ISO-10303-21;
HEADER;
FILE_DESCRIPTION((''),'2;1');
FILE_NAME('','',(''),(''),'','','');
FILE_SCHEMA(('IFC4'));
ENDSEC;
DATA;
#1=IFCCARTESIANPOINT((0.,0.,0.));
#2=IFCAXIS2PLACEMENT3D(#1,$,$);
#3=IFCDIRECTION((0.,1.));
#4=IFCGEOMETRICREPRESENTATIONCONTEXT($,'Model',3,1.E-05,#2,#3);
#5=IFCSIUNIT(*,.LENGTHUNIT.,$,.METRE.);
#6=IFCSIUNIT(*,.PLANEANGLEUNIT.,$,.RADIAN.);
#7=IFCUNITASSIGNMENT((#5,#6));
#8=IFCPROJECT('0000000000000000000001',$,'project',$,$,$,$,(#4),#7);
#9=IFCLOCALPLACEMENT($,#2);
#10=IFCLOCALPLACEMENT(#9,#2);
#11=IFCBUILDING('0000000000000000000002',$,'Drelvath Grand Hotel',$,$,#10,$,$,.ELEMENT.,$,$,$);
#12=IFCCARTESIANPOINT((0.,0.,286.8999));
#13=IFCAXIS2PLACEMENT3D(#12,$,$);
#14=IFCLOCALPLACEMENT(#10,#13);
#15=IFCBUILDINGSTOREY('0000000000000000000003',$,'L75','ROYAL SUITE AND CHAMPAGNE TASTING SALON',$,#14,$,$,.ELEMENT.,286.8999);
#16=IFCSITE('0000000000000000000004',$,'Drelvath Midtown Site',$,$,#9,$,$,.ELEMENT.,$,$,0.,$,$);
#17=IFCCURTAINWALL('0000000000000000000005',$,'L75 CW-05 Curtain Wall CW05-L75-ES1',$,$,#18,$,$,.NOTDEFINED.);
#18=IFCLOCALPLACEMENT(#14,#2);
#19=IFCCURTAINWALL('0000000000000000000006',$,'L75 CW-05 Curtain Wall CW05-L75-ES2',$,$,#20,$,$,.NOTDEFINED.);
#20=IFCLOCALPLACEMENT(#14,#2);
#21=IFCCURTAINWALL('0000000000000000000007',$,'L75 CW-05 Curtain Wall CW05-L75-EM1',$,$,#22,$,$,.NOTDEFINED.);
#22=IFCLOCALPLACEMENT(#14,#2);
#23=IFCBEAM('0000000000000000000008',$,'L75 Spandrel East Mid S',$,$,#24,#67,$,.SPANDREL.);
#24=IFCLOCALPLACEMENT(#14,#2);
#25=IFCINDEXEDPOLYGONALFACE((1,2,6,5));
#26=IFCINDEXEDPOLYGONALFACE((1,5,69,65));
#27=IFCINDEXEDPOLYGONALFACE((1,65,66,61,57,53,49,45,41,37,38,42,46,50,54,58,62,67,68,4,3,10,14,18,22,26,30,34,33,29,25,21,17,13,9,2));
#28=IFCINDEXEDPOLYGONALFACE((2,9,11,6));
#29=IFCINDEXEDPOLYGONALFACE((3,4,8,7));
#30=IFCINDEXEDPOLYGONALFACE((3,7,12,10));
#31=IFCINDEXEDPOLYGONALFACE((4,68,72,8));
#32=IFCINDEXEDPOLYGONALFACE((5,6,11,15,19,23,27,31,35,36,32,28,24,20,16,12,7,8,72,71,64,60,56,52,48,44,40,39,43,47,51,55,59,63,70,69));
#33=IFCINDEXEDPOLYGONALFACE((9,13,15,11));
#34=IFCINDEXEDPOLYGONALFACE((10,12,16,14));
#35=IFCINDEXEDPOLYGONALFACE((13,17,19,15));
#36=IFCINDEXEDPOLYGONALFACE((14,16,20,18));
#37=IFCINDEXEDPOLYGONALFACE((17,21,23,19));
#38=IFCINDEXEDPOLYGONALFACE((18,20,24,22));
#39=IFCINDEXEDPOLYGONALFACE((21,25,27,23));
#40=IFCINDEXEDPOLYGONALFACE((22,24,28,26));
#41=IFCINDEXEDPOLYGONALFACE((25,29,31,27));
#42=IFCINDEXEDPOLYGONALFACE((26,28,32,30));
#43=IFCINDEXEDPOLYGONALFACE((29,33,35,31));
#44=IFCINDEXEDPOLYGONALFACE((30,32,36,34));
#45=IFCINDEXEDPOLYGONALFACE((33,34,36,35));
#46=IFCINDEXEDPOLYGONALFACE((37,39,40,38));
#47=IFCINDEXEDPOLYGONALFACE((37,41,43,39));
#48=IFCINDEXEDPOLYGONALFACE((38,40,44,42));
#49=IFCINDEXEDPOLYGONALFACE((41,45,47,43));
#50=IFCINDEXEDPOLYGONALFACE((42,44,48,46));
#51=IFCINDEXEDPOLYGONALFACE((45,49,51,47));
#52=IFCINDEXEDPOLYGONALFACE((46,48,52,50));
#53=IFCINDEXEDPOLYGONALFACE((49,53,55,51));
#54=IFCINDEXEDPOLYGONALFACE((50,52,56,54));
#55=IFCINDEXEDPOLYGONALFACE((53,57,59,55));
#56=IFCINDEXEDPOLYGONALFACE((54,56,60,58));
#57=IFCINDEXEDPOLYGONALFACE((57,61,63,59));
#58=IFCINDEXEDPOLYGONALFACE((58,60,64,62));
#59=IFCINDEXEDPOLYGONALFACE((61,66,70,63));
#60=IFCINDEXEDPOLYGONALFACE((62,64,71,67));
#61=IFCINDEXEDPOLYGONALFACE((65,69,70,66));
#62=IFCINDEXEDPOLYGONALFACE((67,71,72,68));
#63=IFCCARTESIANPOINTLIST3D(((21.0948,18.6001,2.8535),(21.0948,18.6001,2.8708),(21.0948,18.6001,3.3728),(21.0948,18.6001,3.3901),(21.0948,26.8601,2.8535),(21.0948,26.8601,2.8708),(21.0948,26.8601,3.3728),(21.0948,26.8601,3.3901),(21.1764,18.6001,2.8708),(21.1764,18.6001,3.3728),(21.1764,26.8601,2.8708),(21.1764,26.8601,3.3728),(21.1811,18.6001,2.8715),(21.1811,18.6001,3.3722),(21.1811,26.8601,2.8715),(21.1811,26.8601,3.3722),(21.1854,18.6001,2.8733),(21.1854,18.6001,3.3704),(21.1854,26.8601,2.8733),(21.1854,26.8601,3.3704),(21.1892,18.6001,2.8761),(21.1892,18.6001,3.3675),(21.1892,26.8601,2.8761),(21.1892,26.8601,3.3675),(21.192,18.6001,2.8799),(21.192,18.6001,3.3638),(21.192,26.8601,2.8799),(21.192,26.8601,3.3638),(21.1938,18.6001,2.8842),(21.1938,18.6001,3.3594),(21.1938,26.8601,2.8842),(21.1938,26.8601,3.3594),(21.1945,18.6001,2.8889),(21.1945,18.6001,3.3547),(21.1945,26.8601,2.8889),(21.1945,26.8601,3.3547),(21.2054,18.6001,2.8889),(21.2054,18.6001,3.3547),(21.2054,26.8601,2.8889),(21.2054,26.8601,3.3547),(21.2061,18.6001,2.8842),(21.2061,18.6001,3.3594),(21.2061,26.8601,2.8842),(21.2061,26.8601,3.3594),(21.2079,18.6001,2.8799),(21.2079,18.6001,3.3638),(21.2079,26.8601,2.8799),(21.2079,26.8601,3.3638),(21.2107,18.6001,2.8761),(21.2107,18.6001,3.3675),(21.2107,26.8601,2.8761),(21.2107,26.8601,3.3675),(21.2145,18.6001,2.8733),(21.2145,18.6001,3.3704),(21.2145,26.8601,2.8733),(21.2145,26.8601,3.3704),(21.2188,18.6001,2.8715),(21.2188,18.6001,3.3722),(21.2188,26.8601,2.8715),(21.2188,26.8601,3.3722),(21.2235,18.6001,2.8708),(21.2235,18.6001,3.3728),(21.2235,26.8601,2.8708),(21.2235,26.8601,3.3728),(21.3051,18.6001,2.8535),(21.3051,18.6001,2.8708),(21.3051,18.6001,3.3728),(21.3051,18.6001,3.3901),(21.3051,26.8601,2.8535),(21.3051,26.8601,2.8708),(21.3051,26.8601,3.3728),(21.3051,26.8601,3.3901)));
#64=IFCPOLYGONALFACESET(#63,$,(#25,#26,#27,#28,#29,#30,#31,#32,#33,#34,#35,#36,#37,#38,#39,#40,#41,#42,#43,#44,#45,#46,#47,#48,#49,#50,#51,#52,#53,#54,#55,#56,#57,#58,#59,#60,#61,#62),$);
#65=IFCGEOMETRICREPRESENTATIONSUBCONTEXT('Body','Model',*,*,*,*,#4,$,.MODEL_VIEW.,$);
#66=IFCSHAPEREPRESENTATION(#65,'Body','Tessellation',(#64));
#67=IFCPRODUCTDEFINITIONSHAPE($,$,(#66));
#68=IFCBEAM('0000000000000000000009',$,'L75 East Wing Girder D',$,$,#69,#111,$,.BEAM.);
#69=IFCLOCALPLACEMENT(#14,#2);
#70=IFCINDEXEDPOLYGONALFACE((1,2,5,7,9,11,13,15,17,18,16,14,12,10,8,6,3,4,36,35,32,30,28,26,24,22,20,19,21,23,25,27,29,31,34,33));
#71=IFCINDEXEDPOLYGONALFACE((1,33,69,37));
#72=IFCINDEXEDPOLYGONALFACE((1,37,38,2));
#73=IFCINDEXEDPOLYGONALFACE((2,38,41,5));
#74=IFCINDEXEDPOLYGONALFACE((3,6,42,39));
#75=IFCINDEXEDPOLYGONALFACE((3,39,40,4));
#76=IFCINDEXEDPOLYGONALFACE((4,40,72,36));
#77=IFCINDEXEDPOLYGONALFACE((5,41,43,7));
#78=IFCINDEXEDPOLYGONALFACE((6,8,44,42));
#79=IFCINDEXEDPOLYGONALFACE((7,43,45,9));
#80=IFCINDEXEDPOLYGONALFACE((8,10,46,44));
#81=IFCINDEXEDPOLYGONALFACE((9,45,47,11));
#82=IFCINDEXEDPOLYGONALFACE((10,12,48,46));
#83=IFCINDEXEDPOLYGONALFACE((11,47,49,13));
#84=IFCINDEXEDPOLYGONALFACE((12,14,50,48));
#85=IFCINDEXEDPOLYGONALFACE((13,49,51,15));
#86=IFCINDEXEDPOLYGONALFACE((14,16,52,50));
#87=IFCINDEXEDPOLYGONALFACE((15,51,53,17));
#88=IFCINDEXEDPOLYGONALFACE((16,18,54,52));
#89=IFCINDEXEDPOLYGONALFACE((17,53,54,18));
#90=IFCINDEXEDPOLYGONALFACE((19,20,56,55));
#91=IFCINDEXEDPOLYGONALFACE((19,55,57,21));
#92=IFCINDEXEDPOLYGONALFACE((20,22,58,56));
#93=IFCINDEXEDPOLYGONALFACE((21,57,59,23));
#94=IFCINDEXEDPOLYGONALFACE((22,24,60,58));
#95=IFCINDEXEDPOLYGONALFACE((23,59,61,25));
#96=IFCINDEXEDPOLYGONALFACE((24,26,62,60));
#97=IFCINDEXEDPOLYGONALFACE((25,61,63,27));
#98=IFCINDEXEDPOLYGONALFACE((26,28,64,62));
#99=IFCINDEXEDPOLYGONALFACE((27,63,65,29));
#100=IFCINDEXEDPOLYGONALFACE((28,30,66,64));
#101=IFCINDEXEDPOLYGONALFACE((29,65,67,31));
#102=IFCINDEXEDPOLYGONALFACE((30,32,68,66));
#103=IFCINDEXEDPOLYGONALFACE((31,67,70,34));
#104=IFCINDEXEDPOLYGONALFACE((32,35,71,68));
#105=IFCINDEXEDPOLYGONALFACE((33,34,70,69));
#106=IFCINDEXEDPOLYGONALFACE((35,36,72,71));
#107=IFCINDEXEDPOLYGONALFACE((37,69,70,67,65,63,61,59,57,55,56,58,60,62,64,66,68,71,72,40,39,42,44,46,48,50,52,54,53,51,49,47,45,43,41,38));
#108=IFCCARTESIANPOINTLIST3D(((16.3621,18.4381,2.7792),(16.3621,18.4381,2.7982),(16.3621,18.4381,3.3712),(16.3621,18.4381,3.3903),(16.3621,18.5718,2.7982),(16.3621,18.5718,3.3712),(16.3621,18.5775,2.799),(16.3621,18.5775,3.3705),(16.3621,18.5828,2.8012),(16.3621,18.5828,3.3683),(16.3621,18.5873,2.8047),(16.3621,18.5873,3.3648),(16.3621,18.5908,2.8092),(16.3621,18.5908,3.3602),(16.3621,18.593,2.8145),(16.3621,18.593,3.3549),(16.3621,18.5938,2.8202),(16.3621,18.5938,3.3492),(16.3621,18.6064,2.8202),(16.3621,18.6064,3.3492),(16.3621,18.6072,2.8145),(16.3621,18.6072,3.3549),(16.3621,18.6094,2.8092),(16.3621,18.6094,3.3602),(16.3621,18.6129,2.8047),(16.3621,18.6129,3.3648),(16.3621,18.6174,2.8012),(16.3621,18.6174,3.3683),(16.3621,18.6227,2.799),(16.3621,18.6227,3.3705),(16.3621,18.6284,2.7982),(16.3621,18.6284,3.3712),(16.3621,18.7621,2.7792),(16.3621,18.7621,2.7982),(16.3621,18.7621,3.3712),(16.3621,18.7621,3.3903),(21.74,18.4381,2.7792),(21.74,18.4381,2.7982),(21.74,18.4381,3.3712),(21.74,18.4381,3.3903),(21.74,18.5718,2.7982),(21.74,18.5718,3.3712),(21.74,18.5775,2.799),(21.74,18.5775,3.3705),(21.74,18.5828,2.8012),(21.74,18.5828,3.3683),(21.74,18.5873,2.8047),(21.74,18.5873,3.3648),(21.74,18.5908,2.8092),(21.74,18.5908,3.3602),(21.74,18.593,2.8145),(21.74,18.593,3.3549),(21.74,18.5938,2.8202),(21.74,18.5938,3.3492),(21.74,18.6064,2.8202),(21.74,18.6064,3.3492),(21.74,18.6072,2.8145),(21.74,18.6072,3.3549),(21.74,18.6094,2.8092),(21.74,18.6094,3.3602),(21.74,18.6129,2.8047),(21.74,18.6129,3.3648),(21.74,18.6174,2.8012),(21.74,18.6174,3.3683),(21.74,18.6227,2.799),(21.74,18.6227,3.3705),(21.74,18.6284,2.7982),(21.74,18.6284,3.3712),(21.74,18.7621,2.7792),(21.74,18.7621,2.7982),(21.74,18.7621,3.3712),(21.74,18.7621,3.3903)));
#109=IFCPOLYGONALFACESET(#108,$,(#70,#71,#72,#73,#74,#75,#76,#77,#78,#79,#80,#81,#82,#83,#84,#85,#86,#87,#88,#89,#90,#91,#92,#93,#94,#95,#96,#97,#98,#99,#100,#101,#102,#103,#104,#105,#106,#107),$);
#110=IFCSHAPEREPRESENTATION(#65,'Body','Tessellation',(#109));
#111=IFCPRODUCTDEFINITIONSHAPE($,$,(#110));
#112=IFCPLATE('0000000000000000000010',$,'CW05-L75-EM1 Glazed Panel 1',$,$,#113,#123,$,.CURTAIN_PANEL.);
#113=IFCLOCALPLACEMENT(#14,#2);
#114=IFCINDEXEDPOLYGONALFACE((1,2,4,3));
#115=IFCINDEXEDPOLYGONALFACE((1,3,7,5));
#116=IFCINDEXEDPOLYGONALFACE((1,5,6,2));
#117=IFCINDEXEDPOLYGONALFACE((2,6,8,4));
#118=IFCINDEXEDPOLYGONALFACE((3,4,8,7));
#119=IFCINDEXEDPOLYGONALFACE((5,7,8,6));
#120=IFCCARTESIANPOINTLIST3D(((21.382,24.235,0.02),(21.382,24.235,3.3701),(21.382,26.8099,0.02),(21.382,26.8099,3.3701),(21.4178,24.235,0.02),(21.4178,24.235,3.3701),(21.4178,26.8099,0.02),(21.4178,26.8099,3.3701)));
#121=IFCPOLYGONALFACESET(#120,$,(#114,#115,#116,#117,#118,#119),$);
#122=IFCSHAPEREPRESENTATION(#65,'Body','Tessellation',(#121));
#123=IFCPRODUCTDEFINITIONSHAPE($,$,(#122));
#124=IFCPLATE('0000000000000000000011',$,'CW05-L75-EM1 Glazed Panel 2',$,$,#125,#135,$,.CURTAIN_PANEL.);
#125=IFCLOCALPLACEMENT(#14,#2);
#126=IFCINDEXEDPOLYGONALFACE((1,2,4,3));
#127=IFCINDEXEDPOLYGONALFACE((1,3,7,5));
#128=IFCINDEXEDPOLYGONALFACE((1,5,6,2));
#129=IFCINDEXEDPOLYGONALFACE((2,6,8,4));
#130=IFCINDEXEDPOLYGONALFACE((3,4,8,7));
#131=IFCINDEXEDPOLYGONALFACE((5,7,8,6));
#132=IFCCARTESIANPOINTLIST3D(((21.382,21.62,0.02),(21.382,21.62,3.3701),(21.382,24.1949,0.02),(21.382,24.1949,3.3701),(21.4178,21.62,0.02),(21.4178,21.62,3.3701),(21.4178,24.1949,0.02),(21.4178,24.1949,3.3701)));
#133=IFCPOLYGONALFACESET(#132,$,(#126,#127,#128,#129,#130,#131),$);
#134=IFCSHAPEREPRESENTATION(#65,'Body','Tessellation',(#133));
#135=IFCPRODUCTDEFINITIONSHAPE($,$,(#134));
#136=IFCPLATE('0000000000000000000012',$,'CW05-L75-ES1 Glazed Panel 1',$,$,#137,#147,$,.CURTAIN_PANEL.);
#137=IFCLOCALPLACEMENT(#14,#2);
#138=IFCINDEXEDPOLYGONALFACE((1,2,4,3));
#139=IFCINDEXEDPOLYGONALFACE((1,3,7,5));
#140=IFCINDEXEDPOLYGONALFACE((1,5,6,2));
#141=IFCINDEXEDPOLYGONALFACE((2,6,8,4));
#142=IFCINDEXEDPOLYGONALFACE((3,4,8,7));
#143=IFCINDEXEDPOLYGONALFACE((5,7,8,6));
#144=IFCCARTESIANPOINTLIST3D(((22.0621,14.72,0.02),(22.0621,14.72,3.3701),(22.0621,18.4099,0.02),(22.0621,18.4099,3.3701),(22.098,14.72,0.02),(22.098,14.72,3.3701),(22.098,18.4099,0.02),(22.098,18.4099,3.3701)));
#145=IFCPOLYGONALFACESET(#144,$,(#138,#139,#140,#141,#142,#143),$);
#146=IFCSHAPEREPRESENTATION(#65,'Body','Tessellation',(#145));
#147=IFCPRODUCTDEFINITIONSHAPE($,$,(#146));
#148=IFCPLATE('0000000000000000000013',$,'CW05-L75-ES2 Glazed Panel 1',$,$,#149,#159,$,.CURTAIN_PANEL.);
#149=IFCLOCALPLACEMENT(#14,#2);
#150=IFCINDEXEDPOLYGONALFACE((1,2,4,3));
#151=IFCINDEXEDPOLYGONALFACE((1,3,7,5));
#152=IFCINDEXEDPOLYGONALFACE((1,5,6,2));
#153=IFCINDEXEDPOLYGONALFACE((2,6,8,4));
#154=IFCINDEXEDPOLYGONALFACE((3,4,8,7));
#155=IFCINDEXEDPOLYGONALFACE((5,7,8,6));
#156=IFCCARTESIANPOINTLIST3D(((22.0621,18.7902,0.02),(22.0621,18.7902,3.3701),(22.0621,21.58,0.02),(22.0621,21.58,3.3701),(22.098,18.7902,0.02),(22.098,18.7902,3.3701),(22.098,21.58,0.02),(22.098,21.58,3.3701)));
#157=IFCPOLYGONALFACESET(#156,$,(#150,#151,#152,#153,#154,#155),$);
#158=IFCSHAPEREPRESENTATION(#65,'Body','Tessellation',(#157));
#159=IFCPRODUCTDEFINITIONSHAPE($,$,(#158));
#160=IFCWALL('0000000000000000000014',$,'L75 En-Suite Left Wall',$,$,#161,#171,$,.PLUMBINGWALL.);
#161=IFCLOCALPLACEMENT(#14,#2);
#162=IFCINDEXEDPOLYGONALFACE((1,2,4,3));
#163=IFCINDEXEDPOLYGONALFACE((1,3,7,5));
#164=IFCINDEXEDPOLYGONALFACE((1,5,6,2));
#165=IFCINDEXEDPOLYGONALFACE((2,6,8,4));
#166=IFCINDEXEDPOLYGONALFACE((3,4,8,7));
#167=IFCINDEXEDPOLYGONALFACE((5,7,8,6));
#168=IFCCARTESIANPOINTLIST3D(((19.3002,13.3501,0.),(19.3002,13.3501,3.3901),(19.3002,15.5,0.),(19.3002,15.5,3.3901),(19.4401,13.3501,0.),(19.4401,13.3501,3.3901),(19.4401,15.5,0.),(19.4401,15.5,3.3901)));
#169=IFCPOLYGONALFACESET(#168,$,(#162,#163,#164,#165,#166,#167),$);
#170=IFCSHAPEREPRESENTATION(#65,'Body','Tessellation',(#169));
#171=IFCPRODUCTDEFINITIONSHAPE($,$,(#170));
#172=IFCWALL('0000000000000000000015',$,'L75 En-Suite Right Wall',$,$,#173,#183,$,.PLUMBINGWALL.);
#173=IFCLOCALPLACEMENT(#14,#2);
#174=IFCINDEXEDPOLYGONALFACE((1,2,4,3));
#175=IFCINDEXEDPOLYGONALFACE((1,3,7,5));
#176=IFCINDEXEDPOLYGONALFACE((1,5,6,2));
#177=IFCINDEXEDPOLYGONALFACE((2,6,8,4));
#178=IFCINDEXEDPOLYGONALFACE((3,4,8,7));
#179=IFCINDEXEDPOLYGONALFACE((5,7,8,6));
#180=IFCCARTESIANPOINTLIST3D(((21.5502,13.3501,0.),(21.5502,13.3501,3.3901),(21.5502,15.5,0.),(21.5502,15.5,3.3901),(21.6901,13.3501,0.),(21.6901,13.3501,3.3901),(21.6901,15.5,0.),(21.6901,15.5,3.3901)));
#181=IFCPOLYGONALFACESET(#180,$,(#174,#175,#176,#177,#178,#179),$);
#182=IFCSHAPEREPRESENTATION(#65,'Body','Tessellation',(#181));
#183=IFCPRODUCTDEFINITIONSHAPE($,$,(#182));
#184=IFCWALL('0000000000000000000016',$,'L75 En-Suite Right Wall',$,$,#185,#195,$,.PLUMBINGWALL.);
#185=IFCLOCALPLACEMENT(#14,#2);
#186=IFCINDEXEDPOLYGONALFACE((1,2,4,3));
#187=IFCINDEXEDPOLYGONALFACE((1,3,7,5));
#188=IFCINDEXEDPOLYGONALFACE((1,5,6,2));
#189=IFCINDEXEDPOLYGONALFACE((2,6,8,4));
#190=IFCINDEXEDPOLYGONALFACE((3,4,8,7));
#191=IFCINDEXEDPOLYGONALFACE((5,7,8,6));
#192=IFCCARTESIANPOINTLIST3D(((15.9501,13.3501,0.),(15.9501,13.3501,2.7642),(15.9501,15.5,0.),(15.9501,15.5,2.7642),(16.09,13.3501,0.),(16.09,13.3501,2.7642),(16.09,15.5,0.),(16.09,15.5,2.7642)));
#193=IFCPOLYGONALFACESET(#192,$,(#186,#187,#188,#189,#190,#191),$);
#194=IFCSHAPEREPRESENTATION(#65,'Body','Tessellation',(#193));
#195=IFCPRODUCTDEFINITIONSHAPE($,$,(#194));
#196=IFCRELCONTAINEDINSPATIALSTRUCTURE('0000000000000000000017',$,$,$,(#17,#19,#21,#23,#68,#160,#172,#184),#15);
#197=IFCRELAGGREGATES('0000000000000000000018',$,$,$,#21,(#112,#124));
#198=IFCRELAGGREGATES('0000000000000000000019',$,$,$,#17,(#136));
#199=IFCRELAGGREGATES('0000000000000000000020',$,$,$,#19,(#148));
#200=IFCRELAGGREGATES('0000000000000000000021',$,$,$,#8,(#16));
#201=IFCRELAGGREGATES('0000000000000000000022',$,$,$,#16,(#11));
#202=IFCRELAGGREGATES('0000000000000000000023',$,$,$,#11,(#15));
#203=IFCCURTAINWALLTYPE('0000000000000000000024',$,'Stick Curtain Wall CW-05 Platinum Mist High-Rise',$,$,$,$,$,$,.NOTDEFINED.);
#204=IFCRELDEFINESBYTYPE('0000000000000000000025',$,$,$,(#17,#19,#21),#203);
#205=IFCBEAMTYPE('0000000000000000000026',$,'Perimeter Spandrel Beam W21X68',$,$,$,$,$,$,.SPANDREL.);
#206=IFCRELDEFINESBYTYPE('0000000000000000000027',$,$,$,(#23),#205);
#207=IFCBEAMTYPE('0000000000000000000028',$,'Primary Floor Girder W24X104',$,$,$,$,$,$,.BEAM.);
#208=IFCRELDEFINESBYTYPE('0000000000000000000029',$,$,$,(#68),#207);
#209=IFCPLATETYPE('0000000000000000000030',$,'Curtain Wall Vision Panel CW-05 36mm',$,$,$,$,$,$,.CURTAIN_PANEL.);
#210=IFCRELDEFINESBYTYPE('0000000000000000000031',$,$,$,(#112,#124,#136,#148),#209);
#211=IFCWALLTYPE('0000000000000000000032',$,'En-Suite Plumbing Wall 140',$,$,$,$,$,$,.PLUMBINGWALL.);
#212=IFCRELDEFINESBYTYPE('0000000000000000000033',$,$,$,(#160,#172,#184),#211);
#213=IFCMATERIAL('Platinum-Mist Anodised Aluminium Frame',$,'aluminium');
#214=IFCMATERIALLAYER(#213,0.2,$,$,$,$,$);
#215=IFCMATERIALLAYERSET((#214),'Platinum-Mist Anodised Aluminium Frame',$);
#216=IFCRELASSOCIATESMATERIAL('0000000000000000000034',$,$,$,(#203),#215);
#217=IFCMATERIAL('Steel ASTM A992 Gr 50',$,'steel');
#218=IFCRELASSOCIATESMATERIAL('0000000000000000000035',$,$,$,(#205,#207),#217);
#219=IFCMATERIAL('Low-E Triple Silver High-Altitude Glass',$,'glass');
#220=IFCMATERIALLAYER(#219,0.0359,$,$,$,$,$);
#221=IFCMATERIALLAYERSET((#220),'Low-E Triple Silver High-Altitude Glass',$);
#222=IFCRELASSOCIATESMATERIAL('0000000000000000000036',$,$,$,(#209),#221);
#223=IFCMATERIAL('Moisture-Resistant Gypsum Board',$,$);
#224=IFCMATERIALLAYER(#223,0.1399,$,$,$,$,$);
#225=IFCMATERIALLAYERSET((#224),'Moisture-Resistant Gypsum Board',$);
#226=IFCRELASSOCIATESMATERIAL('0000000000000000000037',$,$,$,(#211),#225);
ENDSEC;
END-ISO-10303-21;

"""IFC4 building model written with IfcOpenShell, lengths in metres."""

from ifc_helpers import new_model, si_unit, direction, frame, frame_2d, origin, origin_2d, place, context, subcontext, project, spatial, rectangle, i_section, extrude, material, layer, layer_set, material_profile, profile_set, type_object, element, aggregate, save


model = new_model("IFC4")

# Units and contexts
model_context = context("Model", 3, precision=1e-05, world=origin(), true_north=direction((0.0, 1.0)))
body_context = subcontext(model_context, "Body", "Model", "MODEL_VIEW")
ifc_project = project(units=[si_unit("LENGTHUNIT", "METRE"), si_unit("PLANEANGLEUNIT", "RADIAN")], contexts=[model_context])

# Site, building, storey
site_placement = place(None, origin())
site = spatial("IfcSite", under=ifc_project, at=site_placement, Name="Drelvath Midtown Site", CompositionType="ELEMENT", RefElevation=0.0)
building_placement = place(site_placement, origin())
building = spatial("IfcBuilding", under=site, at=building_placement, Name="Drelvath Grand Hotel", CompositionType="ELEMENT")
storey_placement = place(building_placement, frame((0.0, 0.0, 286.8999)))
storey = spatial("IfcBuildingStorey", under=building, at=storey_placement, Name="L75", Description="ROYAL SUITE AND CHAMPAGNE TASTING SALON", CompositionType="ELEMENT", Elevation=286.8999)

# Curtain walls
ifc_material_1 = material(Name="Platinum-Mist Anodised Aluminium Frame", Category="aluminium")
ifc_layer_1 = layer(ifc_material_1, 0.2)
ifc_layer_set_1 = layer_set([ifc_layer_1], Name="Platinum-Mist Anodised Aluminium Frame")
curtain_wall_type = type_object("IfcCurtainWallType", Name="Stick Curtain Wall CW-05 Platinum Mist High-Rise", PredefinedType="NOTDEFINED", material=ifc_layer_set_1)
curtain_wall_1_placement = place(storey_placement, origin())
curtain_wall_1 = element("IfcCurtainWall", 1, at=curtain_wall_1_placement, inside=storey, type_object=curtain_wall_type, Name="L75 CW-05 Curtain Wall CW05-L75-ES1", PredefinedType="NOTDEFINED")
curtain_wall_2_placement = place(storey_placement, origin())
curtain_wall_2 = element("IfcCurtainWall", 2, at=curtain_wall_2_placement, inside=storey, type_object=curtain_wall_type, Name="L75 CW-05 Curtain Wall CW05-L75-ES2", PredefinedType="NOTDEFINED")

# Curtain wall
curtain_wall_3_placement = place(storey_placement, origin())
curtain_wall_3 = element("IfcCurtainWall", 3, at=curtain_wall_3_placement, inside=storey, type_object=curtain_wall_type, Name="L75 CW-05 Curtain Wall CW05-L75-EM1", PredefinedType="NOTDEFINED")

# Beams
ifc_material_2 = material(Name="Steel ASTM A992 Gr 50", Category="steel")
ifc_material_profile_1 = material_profile(ifc_material_2, i_section(OverallWidth=0.2102, OverallDepth=0.5366, WebThickness=0.011, FlangeThickness=0.0173, FilletRadius=0.0181, at=origin_2d()), Name="W21X68")
ifc_profile_set_1 = profile_set([ifc_material_profile_1], Name="Steel ASTM A992 Gr 50")
beam_type_1 = type_object("IfcBeamType", Name="Perimeter Spandrel Beam W21X68", PredefinedType="SPANDREL", material=ifc_profile_set_1)
beam_1_placement = place(storey_placement, frame((21.2, 18.6001, 3.1218), z_axis=(0.0, 1.0, 0.0), x_axis=(-1.0, 0.0, 0.0)))
element("IfcBeam", 4, at=beam_1_placement, inside=storey, type_object=beam_type_1, Name="L75 Spandrel East Mid S", PredefinedType="SPANDREL", context=body_context, shape_type="SweptSolid", body=[
    extrude(i_section(OverallWidth=0.2102, OverallDepth=0.5366, WebThickness=0.011, FlangeThickness=0.0173, FilletRadius=0.0181, at=origin_2d()), origin(), (0.0, 0.0, 1.0), 8.26),
])
ifc_material_profile_2 = material_profile(ifc_material_2, i_section(OverallWidth=0.324, OverallDepth=0.6111, WebThickness=0.0127, FlangeThickness=0.019, FilletRadius=0.022, at=origin_2d()), Name="W24X104")
ifc_profile_set_2 = profile_set([ifc_material_profile_2], Name="Steel ASTM A992 Gr 50")
beam_type_2 = type_object("IfcBeamType", Name="Primary Floor Girder W24X104", PredefinedType="BEAM", material=ifc_profile_set_2)
beam_2_placement = place(storey_placement, frame((16.3621, 18.6001, 3.0847), z_axis=(1.0, 0.0, 0.0), x_axis=(0.0, 1.0, 0.0)))
element("IfcBeam", 5, at=beam_2_placement, inside=storey, type_object=beam_type_2, Name="L75 East Wing Girder D", PredefinedType="BEAM", context=body_context, shape_type="SweptSolid", body=[
    extrude(i_section(OverallWidth=0.324, OverallDepth=0.6111, WebThickness=0.0127, FlangeThickness=0.019, FilletRadius=0.022, at=origin_2d()), origin(), (0.0, 0.0, 1.0), 5.3779),
])

# Plates
ifc_material_3 = material(Name="Low-E Triple Silver High-Altitude Glass", Category="glass")
ifc_layer_2 = layer(ifc_material_3, 0.0359)
ifc_layer_set_2 = layer_set([ifc_layer_2], Name="Low-E Triple Silver High-Altitude Glass")
plate_type = type_object("IfcPlateType", Name="Curtain Wall Vision Panel CW-05 36mm", PredefinedType="CURTAIN_PANEL", material=ifc_layer_set_2)
plate_1_placement = place(storey_placement, frame((21.3999, 25.5225, 0.02), z_axis=(0.0, 0.0, 1.0), x_axis=(0.0, -1.0, 0.0)))
plate_1 = element("IfcPlate", 6, at=plate_1_placement, type_object=plate_type, Name="CW05-L75-EM1 Glazed Panel 1", PredefinedType="CURTAIN_PANEL", context=body_context, shape_type="SweptSolid", body=[
    extrude(rectangle(XDim=2.575, YDim=0.0359, at=origin_2d()), origin(), (0.0, 0.0, 1.0), 3.3501),
])
plate_2_placement = place(storey_placement, frame((21.3999, 22.9075, 0.02), z_axis=(0.0, 0.0, 1.0), x_axis=(0.0, -1.0, 0.0)))
plate_2 = element("IfcPlate", 7, at=plate_2_placement, type_object=plate_type, Name="CW05-L75-EM1 Glazed Panel 2", PredefinedType="CURTAIN_PANEL", context=body_context, shape_type="SweptSolid", body=[
    extrude(rectangle(XDim=2.575, YDim=0.0359, at=origin_2d()), origin(), (0.0, 0.0, 1.0), 3.3501),
])
aggregate(curtain_wall_3, [plate_1, plate_2])
plate_3_placement = place(storey_placement, frame((22.0801, 16.5649, 0.02), z_axis=(0.0, 0.0, 1.0), x_axis=(0.0, -1.0, 0.0)))
plate_3 = element("IfcPlate", 8, at=plate_3_placement, type_object=plate_type, Name="CW05-L75-ES1 Glazed Panel 1", PredefinedType="CURTAIN_PANEL", context=body_context, shape_type="SweptSolid", body=[
    extrude(rectangle(XDim=3.6899, YDim=0.0359, at=origin_2d()), origin(), (0.0, 0.0, 1.0), 3.3501),
])
aggregate(curtain_wall_1, [plate_3])
plate_4_placement = place(storey_placement, frame((22.0801, 20.1851, 0.02), z_axis=(0.0, 0.0, 1.0), x_axis=(0.0, -1.0, 0.0)))
plate_4 = element("IfcPlate", 9, at=plate_4_placement, type_object=plate_type, Name="CW05-L75-ES2 Glazed Panel 1", PredefinedType="CURTAIN_PANEL", context=body_context, shape_type="SweptSolid", body=[
    extrude(rectangle(XDim=2.7898, YDim=0.0359, at=origin_2d()), origin(), (0.0, 0.0, 1.0), 3.3501),
])
aggregate(curtain_wall_2, [plate_4])

# Walls
ifc_material_4 = material(Name="Moisture-Resistant Gypsum Board")
ifc_layer_3 = layer(ifc_material_4, 0.1399)
ifc_layer_set_3 = layer_set([ifc_layer_3], Name="Moisture-Resistant Gypsum Board")
wall_type_1 = type_object("IfcWallType", Name="En-Suite Plumbing Wall 140", PredefinedType="PLUMBINGWALL", material=ifc_layer_set_3)
for number, where, z_axis, x_axis, name in (
    (10, (19.3701, 15.5, 0.0), (0.0, 0.0, 1.0), (0.0, -1.0, 0.0), "L75 En-Suite Left Wall"),
    (11, (21.6201, 15.5, 0.0), (0.0, 0.0, 1.0), (0.0, -1.0, 0.0), "L75 En-Suite Right Wall"),
):
    element("IfcWall", number, at=place(storey_placement, frame(where, z_axis=z_axis, x_axis=x_axis)), inside=storey, type_object=wall_type_1, Name=name, PredefinedType="PLUMBINGWALL", context=body_context, shape_type="SweptSolid", body=[
        extrude(rectangle(XDim=2.1499, YDim=0.1399, at=frame_2d((1.075, 0.0))), origin(), (0.0, 0.0, 1.0), 3.3901),
    ])
wall_1_placement = place(storey_placement, frame((16.02, 15.5, 0.0), z_axis=(0.0, 0.0, 1.0), x_axis=(0.0, -1.0, 0.0)))
element("IfcWall", 12, at=wall_1_placement, inside=storey, type_object=wall_type_1, Name="L75 En-Suite Right Wall", PredefinedType="PLUMBINGWALL", context=body_context, shape_type="SweptSolid", body=[
    extrude(rectangle(XDim=2.1499, YDim=0.1399, at=frame_2d((1.075, 0.0))), origin(), (0.0, 0.0, 1.0), 2.7642),
])

save(model, "model.ifc")
